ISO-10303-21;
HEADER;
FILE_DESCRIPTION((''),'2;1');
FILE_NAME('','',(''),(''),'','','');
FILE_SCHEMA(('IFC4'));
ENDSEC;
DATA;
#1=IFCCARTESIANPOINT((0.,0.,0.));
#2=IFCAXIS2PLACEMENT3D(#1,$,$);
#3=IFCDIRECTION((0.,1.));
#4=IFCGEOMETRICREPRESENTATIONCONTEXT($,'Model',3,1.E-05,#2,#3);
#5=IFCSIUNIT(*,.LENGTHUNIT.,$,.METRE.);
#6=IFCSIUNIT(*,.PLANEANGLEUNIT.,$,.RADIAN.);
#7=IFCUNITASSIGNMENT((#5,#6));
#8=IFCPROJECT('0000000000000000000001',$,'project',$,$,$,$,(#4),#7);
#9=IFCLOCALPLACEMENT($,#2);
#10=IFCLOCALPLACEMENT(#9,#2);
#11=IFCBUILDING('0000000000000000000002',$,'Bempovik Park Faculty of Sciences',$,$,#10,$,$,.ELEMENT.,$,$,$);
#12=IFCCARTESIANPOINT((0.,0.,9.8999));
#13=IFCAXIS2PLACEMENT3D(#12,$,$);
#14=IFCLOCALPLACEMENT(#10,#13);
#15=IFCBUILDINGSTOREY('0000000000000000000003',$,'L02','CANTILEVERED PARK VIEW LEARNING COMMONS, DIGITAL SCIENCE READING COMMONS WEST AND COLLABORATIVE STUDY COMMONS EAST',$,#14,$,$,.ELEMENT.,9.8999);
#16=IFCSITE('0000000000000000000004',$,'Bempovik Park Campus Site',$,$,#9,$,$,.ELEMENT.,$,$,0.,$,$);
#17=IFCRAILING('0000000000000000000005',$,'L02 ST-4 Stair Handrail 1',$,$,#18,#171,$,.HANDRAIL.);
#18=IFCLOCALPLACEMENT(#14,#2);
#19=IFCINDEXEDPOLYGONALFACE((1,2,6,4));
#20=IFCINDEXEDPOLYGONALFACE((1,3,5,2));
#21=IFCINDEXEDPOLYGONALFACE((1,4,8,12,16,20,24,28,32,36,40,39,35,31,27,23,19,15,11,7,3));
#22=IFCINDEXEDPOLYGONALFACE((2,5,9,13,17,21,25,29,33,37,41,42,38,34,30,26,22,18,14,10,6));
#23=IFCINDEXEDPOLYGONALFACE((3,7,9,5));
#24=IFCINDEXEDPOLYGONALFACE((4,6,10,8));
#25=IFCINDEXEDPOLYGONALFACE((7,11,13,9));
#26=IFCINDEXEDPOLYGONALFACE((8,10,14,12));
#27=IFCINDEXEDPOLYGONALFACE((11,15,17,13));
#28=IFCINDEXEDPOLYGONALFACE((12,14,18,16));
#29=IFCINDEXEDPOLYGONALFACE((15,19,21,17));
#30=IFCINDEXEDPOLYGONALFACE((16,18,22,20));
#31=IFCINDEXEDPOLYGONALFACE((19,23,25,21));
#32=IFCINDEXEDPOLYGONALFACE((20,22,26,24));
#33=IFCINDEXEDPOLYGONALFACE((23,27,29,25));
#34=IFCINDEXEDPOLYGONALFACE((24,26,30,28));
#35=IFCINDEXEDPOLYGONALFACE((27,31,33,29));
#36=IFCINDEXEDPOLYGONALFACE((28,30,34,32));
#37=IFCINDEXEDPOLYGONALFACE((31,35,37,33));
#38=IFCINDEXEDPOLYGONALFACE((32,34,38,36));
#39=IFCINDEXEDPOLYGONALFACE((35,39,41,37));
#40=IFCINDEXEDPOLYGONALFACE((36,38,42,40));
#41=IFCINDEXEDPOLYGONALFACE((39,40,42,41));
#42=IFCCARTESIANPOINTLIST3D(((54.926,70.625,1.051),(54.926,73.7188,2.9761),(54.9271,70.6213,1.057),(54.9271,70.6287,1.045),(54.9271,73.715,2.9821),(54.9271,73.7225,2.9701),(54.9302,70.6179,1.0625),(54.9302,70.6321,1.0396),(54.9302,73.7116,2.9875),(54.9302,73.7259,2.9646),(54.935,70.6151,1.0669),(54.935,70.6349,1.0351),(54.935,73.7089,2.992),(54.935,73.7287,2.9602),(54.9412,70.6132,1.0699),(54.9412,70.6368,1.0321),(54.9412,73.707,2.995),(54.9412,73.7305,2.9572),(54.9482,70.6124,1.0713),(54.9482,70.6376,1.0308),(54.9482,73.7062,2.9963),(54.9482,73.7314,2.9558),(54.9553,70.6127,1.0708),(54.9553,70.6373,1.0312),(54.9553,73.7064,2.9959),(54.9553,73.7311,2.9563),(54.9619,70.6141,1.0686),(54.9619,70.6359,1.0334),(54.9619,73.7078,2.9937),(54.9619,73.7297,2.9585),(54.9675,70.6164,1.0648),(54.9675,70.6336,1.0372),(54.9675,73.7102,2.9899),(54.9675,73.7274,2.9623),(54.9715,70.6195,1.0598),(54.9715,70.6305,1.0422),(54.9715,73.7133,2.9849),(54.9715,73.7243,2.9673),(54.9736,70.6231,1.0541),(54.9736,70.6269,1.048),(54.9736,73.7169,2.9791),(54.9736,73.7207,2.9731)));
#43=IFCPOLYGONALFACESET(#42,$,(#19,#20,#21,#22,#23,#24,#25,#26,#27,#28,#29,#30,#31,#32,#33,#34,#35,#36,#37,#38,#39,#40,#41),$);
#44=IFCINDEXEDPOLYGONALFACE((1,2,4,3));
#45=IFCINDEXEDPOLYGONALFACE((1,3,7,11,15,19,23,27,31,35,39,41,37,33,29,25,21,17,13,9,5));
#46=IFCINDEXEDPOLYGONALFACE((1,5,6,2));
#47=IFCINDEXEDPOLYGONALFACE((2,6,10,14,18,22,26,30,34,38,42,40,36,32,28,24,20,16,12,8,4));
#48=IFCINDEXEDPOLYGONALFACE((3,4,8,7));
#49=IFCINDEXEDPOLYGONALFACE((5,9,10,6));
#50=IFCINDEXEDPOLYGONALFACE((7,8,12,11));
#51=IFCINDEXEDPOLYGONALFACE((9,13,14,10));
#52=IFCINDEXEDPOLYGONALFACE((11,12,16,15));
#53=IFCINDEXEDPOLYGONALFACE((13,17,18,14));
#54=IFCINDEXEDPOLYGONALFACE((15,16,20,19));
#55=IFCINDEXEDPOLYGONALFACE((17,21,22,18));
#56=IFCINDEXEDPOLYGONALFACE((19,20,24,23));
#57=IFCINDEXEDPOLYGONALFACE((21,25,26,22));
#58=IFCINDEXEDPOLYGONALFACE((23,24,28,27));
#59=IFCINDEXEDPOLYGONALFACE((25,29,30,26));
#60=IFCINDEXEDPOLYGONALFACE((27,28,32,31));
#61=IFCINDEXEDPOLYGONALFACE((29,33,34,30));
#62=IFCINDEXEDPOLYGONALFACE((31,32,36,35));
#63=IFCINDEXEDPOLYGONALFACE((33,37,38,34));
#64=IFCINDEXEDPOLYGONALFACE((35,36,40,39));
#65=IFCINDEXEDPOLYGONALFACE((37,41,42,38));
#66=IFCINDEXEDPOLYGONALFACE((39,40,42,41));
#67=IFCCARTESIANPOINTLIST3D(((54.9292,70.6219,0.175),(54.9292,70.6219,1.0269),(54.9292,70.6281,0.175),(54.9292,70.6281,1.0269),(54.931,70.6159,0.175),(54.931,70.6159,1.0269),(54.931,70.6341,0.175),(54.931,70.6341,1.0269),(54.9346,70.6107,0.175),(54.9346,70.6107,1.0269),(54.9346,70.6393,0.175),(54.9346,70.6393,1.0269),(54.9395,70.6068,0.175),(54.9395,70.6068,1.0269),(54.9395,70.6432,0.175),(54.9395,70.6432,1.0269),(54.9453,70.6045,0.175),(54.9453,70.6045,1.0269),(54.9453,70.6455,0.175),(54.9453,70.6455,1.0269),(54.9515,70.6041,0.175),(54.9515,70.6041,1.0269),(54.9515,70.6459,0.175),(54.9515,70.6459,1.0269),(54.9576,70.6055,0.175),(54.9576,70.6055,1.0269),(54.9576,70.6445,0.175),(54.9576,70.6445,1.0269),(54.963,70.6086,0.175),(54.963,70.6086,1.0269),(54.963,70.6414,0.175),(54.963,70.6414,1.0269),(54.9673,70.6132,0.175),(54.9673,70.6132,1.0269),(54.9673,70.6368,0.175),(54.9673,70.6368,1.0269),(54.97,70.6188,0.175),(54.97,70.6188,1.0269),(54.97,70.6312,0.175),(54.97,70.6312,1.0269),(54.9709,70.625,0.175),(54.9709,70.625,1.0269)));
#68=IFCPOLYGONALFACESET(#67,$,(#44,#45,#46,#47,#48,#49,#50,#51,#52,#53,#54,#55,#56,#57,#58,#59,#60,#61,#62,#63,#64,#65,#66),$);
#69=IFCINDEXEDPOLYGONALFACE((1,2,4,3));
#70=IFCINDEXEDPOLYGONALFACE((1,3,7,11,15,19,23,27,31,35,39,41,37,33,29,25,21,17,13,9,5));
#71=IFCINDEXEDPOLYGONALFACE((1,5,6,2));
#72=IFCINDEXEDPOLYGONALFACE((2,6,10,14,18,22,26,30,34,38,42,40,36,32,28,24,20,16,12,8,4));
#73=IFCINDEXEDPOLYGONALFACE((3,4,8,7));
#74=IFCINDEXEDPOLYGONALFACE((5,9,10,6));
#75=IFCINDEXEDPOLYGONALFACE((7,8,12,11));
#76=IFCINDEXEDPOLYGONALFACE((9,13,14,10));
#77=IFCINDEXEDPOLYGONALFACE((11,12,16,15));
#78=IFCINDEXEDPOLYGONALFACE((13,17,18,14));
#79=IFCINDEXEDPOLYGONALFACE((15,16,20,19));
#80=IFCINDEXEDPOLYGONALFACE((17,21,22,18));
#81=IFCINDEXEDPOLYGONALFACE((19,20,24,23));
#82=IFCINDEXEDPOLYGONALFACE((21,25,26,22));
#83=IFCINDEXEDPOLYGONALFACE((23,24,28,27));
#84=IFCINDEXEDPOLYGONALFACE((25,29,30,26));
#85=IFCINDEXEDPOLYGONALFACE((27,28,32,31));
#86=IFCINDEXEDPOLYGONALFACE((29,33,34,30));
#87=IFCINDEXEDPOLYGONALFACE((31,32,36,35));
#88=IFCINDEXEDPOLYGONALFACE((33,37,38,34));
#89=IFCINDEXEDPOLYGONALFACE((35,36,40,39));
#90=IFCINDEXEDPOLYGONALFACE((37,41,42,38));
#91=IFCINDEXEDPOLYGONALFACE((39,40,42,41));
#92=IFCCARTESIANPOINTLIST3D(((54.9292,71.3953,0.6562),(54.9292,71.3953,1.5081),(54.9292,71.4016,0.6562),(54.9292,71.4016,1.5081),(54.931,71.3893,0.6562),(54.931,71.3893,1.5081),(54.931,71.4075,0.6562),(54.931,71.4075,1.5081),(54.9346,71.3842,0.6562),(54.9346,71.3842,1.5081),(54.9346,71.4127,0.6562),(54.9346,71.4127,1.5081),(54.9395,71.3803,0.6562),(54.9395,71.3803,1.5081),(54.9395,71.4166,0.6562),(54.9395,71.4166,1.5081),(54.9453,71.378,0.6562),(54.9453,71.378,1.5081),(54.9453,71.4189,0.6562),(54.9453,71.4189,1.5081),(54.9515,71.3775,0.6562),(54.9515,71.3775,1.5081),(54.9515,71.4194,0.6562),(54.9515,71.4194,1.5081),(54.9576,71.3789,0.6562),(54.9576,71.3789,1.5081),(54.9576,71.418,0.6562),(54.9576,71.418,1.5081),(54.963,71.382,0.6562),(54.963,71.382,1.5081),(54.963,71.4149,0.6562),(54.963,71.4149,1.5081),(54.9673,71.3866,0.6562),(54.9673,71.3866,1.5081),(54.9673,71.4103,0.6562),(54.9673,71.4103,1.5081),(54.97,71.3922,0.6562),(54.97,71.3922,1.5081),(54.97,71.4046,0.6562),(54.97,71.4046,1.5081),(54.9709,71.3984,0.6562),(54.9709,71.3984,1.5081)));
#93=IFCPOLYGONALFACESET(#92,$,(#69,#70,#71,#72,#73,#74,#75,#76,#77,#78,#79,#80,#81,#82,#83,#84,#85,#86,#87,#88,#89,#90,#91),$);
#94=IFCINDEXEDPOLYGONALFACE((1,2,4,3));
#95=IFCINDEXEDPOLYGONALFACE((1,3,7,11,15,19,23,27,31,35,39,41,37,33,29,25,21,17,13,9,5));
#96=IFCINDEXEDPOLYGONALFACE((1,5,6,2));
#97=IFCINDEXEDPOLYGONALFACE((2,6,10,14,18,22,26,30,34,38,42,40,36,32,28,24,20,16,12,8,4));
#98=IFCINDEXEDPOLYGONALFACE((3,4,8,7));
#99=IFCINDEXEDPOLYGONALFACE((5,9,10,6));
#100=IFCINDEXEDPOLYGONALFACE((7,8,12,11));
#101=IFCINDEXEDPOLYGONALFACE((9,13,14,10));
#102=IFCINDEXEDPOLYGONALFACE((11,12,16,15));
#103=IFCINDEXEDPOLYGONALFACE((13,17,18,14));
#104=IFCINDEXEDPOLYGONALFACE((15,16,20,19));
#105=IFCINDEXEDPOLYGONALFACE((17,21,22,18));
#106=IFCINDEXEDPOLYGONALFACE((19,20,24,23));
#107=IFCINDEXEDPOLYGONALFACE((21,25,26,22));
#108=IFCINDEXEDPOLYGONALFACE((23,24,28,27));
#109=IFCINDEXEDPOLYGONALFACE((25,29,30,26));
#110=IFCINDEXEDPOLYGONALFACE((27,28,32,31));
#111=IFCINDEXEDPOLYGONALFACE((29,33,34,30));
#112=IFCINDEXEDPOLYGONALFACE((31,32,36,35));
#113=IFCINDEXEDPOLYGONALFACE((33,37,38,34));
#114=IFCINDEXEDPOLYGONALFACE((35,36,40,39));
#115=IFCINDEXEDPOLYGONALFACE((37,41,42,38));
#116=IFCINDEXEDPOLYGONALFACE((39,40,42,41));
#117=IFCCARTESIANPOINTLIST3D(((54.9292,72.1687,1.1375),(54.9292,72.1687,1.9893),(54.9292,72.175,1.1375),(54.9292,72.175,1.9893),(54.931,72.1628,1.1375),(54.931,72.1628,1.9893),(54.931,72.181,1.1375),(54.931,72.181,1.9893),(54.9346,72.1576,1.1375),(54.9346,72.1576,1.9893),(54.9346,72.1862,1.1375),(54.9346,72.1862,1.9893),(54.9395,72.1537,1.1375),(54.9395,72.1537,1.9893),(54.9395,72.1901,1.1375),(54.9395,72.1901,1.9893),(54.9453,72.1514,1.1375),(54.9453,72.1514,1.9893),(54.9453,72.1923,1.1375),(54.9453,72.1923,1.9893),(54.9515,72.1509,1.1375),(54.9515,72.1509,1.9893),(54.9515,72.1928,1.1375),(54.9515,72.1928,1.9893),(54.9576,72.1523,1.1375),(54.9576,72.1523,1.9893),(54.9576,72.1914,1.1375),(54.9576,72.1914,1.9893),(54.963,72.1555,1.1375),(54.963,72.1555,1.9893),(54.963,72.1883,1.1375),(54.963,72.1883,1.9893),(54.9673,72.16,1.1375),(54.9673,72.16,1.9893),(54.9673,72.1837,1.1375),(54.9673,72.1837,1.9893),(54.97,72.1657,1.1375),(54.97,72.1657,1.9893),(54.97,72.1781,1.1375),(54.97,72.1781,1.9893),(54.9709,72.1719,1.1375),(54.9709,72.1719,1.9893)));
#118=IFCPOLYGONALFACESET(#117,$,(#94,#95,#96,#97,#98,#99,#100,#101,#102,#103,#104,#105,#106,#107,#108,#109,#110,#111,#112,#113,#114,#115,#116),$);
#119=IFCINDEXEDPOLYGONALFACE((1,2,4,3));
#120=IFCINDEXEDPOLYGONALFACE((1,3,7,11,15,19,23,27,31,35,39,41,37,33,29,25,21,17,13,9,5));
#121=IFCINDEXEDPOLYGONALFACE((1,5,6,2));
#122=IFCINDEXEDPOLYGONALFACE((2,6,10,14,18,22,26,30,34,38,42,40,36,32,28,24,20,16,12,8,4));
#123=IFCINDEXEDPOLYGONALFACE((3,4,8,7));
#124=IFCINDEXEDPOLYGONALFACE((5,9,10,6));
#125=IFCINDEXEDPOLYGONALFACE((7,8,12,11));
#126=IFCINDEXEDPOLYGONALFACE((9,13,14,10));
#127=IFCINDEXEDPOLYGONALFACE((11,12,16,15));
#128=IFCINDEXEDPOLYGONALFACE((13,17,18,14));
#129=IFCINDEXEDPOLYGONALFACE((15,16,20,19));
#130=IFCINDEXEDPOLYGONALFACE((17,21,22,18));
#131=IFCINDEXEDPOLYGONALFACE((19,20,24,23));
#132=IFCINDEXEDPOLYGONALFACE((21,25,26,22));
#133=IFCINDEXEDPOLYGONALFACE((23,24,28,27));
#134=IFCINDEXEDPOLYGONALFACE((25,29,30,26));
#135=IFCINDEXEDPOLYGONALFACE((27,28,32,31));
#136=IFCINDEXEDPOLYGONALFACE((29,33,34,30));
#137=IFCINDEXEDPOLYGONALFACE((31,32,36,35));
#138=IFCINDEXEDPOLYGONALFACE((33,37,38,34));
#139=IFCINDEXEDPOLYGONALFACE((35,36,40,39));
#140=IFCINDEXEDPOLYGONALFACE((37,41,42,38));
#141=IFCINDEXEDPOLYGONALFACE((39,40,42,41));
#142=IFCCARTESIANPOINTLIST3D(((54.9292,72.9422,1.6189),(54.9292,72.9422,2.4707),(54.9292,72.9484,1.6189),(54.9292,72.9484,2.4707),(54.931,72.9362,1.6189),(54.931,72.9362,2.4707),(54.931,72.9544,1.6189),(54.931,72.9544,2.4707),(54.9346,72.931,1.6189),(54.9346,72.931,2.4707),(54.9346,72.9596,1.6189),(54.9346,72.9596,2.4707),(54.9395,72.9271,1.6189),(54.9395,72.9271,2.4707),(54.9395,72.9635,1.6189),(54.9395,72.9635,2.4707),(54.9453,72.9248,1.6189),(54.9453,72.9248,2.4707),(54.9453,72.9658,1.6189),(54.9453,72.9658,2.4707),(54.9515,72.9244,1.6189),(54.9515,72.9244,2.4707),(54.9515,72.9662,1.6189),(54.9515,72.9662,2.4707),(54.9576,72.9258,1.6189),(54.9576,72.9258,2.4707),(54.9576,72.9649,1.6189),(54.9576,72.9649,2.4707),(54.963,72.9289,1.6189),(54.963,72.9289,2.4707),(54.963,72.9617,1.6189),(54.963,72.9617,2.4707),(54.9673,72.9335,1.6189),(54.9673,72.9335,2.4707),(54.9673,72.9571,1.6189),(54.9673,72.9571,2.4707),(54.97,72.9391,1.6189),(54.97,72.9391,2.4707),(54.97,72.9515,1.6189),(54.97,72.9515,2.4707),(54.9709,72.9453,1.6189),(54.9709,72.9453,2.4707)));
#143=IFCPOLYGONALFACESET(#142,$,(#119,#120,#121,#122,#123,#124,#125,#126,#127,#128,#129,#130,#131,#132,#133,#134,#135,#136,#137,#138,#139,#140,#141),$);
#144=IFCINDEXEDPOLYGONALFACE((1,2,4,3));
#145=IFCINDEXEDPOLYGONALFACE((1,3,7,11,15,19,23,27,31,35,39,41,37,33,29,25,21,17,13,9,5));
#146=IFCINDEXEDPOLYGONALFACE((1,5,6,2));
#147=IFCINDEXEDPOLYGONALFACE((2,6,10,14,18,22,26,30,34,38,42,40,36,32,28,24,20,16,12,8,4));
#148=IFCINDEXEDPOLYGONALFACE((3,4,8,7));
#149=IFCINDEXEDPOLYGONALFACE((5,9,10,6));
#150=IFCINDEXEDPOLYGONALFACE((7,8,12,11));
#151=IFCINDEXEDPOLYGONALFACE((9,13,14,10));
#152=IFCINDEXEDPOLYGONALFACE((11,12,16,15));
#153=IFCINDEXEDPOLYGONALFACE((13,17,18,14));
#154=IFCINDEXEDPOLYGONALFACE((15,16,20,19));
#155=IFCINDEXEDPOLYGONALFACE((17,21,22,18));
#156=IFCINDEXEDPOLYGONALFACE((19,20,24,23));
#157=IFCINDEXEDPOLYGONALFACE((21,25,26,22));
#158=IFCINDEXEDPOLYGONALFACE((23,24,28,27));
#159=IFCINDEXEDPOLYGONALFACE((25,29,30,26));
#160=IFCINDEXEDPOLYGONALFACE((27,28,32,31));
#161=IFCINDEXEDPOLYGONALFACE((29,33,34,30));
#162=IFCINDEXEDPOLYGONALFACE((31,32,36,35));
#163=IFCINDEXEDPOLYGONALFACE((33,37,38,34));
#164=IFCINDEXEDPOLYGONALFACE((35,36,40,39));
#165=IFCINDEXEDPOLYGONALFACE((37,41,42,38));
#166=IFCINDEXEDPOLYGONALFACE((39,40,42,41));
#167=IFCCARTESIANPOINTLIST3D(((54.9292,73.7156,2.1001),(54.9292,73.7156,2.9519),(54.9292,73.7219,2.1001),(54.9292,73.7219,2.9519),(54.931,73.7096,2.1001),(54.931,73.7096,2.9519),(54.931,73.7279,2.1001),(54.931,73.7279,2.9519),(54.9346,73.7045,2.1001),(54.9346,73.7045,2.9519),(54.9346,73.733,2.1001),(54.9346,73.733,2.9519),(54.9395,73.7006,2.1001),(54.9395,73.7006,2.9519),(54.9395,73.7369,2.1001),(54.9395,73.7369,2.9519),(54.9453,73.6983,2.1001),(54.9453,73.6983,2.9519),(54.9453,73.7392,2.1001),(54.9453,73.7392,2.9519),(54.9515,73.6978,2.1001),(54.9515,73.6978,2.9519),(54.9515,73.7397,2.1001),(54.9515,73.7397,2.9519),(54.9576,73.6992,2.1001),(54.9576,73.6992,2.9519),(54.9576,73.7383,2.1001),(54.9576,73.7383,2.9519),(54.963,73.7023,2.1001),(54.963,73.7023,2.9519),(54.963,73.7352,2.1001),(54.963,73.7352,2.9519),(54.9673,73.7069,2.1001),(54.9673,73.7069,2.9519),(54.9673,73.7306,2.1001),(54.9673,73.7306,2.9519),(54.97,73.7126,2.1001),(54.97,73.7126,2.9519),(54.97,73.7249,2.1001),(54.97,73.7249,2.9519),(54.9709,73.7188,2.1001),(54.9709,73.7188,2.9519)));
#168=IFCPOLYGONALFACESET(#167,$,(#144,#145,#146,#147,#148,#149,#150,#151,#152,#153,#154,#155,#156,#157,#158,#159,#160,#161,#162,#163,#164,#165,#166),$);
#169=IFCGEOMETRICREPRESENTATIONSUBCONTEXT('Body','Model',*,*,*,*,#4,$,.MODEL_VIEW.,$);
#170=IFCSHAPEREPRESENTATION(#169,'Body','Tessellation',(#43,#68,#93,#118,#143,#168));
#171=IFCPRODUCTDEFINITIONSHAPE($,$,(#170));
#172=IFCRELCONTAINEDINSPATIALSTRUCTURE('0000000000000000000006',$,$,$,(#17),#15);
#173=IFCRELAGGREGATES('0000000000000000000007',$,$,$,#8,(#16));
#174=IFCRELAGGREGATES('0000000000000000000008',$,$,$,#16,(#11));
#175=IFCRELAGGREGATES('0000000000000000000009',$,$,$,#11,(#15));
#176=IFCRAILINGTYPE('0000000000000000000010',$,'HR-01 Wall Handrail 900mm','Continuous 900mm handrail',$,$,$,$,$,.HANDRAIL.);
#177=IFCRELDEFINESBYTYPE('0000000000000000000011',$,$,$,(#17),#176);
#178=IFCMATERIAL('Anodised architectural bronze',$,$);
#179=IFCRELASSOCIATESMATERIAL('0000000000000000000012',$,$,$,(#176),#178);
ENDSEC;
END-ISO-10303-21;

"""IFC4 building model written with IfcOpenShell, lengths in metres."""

from ifc_helpers import new_model, si_unit, direction, frame, origin, origin_2d, place, context, subcontext, project, spatial, circle, extrude, material, type_object, element, save


model = new_model("IFC4")

# Units and contexts
model_context = context("Model", 3, precision=1e-05, world=origin(), true_north=direction((0.0, 1.0)))
body_context = subcontext(model_context, "Body", "Model", "MODEL_VIEW")
ifc_project = project(units=[si_unit("LENGTHUNIT", "METRE"), si_unit("PLANEANGLEUNIT", "RADIAN")], contexts=[model_context])

# Site, building, storey
site_placement = place(None, origin())
site = spatial("IfcSite", under=ifc_project, at=site_placement, Name="Bempovik Park Campus Site", CompositionType="ELEMENT", RefElevation=0.0)
building_placement = place(site_placement, origin())
building = spatial("IfcBuilding", under=site, at=building_placement, Name="Bempovik Park Faculty of Sciences", CompositionType="ELEMENT")
storey_placement = place(building_placement, frame((0.0, 0.0, 9.8999)))
storey = spatial("IfcBuildingStorey", under=building, at=storey_placement, Name="L02", Description="CANTILEVERED PARK VIEW LEARNING COMMONS, DIGITAL SCIENCE READING COMMONS WEST AND COLLABORATIVE STUDY COMMONS EAST", CompositionType="ELEMENT", Elevation=9.8999)

# Shared definitions
ifc_material_1 = material(Name="Anodised architectural bronze")

# Railing
railing_type_1 = type_object("IfcRailingType", Name="HR-01 Wall Handrail 900mm", Description="Continuous 900mm handrail", PredefinedType="HANDRAIL", material=ifc_material_1)
railing_1_placement = place(storey_placement, frame((54.95, 70.625, 0.175)))
element("IfcRailing", 1, at=railing_1_placement, inside=storey, type_object=railing_type_1, Name="L02 ST-4 Stair Handrail 1", PredefinedType="HANDRAIL", context=body_context, shape_type="SweptSolid", body=[
    extrude(circle(Radius=0.0239, at=origin_2d()), frame((0.0, 0.0, 0.876), z_axis=(0.0, 0.849051, 0.528312), x_axis=(-1.0, 0.0, 0.0)), (0.0, 0.0, 1.0), 3.6438),
    extrude(circle(Radius=0.021, at=origin_2d()), origin(), (0.0, 0.0, 1.0), 0.8518),
    extrude(circle(Radius=0.021, at=origin_2d()), frame((0.0, 0.7734, 0.4812)), (0.0, 0.0, 1.0), 0.8518),
    extrude(circle(Radius=0.021, at=origin_2d()), frame((0.0, 1.5469, 0.9624)), (0.0, 0.0, 1.0), 0.8518),
    extrude(circle(Radius=0.021, at=origin_2d()), frame((0.0, 2.3203, 1.4438)), (0.0, 0.0, 1.0), 0.8518),
    extrude(circle(Radius=0.021, at=origin_2d()), frame((0.0, 3.0938, 1.925)), (0.0, 0.0, 1.0), 0.8518),
])

save(model, "model.ifc")
